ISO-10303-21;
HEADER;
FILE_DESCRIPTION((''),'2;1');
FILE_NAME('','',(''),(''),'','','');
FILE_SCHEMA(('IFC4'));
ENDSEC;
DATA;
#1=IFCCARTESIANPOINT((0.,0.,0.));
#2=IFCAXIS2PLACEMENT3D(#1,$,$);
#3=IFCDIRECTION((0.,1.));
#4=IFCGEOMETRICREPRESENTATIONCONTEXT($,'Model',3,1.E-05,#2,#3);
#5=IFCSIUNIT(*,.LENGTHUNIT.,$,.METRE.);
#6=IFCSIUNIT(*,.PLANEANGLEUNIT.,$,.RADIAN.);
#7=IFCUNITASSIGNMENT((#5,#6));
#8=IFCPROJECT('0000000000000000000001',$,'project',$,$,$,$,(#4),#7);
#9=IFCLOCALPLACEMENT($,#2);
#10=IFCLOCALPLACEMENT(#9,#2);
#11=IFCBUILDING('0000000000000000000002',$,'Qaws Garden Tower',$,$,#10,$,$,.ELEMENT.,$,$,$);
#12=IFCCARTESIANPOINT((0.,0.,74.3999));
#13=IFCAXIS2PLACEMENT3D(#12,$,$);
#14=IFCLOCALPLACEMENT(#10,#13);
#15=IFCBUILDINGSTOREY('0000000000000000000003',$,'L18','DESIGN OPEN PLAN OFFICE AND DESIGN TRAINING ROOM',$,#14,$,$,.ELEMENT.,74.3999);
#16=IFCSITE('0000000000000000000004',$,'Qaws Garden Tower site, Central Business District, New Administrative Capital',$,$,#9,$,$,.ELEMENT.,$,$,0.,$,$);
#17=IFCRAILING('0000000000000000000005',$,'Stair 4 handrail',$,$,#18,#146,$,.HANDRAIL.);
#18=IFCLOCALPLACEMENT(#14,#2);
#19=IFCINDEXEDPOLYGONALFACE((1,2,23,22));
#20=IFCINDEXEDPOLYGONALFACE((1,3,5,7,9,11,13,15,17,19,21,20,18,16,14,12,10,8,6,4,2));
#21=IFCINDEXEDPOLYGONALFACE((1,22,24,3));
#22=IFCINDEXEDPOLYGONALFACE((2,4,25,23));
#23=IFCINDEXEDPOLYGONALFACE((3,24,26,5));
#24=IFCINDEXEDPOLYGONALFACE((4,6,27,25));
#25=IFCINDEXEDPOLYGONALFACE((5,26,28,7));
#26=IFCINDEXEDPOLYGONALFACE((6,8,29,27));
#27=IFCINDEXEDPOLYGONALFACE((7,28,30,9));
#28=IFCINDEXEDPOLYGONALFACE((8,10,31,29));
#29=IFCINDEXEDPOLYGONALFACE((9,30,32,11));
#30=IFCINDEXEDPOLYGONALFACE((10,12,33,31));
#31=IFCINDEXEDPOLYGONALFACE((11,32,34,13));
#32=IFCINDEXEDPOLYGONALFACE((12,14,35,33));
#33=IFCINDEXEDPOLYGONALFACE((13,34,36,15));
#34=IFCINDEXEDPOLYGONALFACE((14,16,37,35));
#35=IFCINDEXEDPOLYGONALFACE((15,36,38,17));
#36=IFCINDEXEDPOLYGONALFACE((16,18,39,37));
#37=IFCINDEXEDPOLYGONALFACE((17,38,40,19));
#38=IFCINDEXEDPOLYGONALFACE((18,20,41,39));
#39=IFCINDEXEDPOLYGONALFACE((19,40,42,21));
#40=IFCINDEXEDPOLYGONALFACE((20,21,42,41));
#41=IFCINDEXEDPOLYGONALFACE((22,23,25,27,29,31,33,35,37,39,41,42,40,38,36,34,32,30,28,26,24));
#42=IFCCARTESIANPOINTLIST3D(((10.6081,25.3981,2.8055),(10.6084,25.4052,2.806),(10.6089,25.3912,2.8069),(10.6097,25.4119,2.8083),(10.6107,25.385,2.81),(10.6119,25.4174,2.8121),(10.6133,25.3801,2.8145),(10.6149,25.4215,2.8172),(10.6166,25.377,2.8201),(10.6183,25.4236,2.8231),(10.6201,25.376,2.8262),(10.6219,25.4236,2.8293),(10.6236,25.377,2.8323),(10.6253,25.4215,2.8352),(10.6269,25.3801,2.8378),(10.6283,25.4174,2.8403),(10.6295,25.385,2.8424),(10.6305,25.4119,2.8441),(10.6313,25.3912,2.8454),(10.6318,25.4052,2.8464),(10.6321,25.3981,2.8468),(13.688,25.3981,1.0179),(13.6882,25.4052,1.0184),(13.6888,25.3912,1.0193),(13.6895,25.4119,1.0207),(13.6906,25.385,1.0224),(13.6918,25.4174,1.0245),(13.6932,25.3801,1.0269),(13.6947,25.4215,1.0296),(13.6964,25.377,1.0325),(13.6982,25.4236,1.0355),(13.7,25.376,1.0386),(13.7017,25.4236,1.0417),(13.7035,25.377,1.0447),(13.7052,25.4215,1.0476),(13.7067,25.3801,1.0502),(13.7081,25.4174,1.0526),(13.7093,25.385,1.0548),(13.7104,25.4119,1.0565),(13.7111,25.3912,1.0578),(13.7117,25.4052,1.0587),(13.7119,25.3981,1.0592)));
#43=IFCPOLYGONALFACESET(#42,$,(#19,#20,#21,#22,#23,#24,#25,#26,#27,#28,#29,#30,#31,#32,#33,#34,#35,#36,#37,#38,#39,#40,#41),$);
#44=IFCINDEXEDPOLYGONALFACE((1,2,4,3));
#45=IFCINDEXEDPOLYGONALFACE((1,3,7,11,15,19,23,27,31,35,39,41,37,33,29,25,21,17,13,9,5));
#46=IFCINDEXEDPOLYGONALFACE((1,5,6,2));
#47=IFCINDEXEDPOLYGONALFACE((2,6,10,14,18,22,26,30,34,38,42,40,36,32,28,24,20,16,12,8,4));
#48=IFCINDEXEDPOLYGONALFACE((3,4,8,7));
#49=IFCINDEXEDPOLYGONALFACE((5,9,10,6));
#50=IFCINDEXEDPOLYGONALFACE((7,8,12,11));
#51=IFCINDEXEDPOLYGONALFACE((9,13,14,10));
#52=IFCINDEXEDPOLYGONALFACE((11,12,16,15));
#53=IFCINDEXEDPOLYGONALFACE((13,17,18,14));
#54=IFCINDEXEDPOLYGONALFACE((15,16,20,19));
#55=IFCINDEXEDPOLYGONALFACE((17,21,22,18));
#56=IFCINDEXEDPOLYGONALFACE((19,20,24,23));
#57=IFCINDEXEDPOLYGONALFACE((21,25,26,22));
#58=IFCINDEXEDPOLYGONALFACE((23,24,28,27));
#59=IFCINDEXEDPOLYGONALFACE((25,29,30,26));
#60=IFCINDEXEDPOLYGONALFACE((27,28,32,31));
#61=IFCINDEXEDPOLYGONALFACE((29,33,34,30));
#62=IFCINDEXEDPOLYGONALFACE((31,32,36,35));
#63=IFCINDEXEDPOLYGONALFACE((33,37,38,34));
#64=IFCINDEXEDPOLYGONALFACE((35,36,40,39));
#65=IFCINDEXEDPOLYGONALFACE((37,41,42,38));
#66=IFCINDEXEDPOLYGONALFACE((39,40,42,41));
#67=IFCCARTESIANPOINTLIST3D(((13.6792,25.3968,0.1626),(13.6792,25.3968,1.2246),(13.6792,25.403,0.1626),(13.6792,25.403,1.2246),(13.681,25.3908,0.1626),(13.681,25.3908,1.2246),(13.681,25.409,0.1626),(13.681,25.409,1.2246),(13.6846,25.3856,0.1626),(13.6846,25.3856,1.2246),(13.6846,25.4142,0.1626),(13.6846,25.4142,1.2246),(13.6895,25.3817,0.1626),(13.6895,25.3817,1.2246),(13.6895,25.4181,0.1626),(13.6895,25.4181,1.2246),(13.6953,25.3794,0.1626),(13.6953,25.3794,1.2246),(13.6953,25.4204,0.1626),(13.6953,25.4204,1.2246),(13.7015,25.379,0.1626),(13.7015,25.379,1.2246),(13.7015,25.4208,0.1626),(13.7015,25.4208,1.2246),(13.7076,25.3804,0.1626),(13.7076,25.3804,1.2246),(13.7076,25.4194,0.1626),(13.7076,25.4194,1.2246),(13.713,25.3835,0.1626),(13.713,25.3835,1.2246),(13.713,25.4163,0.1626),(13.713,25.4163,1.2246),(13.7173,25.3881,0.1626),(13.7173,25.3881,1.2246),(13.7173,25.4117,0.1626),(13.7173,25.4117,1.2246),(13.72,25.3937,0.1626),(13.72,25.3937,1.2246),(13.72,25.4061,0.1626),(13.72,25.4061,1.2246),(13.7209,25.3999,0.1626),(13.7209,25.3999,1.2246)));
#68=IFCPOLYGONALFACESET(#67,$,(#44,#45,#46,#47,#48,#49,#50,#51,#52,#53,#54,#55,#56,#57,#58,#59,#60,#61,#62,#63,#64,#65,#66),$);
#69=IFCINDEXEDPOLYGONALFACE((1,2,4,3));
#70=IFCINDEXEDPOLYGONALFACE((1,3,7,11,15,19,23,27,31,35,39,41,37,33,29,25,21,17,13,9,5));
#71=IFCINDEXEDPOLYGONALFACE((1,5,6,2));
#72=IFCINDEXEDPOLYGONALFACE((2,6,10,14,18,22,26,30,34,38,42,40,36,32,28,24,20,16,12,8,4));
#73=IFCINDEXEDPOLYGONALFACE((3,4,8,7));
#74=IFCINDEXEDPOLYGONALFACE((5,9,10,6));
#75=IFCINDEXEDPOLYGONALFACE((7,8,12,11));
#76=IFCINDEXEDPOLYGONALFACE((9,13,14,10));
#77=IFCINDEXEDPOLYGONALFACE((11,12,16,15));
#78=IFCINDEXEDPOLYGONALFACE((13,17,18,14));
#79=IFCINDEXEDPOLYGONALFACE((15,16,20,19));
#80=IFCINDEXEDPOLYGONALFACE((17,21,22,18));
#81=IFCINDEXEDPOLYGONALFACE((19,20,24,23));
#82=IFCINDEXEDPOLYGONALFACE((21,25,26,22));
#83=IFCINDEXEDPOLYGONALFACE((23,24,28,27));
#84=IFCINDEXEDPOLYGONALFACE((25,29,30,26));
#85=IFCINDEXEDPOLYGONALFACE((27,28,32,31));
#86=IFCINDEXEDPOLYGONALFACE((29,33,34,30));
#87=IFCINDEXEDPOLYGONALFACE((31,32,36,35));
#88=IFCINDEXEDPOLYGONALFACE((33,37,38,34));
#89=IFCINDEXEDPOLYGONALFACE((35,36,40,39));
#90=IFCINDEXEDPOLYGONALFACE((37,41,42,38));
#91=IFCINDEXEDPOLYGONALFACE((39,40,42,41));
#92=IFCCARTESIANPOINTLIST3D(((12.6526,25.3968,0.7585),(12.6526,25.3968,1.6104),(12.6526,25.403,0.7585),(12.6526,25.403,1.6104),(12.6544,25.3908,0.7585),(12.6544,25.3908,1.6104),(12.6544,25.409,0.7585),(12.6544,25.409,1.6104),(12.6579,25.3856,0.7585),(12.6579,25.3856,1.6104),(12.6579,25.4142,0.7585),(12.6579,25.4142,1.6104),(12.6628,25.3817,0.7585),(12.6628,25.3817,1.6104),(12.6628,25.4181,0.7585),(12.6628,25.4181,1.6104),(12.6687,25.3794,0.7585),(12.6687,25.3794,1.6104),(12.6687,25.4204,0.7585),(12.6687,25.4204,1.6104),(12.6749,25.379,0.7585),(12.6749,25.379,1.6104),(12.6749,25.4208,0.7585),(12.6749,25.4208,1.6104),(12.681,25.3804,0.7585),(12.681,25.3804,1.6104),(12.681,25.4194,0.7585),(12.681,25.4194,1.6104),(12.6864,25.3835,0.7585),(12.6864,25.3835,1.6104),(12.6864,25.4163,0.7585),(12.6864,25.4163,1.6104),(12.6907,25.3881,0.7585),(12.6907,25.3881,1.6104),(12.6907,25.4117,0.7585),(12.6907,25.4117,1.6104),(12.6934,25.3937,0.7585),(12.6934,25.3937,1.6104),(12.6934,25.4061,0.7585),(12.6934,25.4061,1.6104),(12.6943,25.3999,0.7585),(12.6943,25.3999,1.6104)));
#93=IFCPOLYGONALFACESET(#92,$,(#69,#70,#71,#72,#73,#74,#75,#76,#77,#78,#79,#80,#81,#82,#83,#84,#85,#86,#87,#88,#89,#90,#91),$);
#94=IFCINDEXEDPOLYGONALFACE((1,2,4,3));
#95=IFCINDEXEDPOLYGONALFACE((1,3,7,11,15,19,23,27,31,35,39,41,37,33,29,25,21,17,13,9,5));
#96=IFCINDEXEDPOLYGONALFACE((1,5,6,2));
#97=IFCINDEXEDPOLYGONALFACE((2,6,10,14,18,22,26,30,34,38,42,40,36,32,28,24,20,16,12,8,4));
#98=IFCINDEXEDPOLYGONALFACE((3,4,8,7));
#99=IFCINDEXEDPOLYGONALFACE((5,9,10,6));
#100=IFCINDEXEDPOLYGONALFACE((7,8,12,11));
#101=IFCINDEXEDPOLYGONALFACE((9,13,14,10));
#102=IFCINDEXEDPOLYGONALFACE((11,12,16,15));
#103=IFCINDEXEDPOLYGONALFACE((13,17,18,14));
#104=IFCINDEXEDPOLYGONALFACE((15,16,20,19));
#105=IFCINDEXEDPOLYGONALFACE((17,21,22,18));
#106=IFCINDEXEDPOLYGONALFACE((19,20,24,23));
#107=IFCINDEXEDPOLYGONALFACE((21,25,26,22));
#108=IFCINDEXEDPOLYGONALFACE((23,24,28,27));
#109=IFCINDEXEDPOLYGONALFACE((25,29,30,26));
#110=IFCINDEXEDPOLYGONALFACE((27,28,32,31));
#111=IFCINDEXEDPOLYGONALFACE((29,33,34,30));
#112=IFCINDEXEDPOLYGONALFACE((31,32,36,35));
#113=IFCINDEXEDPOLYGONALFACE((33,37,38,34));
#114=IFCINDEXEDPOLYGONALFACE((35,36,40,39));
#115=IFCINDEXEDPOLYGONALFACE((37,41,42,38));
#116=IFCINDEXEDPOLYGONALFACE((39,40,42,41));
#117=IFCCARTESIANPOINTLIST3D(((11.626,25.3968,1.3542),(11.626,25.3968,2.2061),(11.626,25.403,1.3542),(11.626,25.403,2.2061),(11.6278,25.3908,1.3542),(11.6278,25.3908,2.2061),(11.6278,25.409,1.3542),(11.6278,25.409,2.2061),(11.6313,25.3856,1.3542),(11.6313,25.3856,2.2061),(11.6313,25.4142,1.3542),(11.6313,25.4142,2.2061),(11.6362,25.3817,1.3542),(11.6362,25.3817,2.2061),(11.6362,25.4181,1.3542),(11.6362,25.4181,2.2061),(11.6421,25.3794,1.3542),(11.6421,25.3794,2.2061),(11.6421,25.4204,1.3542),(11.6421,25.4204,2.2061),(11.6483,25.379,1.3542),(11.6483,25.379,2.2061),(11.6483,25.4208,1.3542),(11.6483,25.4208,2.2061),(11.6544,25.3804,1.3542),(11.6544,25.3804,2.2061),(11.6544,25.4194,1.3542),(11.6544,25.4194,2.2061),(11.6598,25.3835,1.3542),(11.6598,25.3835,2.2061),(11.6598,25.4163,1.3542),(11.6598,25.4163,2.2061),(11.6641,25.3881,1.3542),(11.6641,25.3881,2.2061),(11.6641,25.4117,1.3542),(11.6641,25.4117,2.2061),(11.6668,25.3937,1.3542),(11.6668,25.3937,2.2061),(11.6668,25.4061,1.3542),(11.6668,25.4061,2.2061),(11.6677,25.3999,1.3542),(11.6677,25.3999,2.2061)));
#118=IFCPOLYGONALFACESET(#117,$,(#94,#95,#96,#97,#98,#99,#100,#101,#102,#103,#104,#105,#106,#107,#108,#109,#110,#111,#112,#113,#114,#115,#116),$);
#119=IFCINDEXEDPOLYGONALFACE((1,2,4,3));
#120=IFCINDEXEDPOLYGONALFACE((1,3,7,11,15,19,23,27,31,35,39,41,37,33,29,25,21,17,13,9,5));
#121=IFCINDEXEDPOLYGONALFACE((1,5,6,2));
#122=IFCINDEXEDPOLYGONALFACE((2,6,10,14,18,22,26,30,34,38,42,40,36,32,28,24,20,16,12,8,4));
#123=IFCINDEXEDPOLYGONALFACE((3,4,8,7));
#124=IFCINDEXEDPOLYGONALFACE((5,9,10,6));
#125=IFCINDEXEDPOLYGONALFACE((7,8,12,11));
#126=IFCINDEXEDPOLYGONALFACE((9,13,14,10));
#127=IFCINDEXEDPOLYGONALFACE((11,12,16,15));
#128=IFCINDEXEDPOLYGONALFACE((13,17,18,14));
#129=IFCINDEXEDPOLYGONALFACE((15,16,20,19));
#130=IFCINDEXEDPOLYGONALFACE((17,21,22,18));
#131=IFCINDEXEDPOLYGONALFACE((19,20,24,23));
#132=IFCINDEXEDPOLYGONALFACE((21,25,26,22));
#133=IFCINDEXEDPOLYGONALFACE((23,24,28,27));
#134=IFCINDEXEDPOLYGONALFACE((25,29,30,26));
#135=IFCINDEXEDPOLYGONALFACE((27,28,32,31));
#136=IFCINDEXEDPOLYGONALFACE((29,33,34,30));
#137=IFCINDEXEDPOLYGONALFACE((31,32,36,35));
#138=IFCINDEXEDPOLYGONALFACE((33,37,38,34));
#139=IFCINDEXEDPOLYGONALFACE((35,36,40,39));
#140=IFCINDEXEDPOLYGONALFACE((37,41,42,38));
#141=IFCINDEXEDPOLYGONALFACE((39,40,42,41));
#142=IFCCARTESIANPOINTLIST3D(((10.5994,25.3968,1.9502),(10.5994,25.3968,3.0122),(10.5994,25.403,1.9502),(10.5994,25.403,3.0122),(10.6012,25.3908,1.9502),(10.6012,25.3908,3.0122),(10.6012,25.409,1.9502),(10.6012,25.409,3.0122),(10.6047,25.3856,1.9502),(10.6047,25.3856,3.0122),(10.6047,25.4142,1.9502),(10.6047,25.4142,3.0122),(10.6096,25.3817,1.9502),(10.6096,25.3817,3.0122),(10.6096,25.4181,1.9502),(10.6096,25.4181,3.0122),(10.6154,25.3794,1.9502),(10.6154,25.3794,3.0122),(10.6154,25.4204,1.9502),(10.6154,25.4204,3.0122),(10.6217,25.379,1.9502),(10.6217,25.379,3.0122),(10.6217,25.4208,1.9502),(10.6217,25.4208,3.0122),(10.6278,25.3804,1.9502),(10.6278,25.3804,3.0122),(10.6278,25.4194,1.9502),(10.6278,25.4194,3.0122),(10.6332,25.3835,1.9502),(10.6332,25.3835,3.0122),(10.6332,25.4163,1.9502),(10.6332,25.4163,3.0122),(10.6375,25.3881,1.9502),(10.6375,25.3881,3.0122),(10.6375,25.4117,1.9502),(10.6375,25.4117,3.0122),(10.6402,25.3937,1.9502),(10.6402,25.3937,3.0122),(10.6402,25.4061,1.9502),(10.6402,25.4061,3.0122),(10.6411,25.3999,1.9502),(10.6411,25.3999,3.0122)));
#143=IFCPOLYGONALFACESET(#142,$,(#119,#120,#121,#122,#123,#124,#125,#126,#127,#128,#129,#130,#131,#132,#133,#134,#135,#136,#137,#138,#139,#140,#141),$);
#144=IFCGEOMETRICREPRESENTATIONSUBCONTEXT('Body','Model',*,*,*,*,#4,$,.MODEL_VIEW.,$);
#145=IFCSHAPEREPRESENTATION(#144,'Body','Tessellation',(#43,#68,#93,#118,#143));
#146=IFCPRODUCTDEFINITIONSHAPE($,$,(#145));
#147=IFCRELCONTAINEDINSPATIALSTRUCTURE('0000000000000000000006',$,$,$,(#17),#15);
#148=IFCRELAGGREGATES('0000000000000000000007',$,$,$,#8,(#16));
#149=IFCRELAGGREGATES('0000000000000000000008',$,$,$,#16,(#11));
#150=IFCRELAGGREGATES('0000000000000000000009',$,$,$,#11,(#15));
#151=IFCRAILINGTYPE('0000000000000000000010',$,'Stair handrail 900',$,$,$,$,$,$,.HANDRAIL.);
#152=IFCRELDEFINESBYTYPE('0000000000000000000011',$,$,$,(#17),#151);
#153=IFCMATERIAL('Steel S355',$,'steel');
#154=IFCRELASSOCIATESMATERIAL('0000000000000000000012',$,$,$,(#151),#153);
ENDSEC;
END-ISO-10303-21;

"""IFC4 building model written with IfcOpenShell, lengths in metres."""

from ifc_helpers import new_model, si_unit, direction, frame, origin, origin_2d, place, context, subcontext, project, spatial, circle, extrude, material, type_object, element, save


model = new_model("IFC4")

# Units and contexts
model_context = context("Model", 3, precision=1e-05, world=origin(), true_north=direction((0.0, 1.0)))
body_context = subcontext(model_context, "Body", "Model", "MODEL_VIEW")
ifc_project = project(units=[si_unit("LENGTHUNIT", "METRE"), si_unit("PLANEANGLEUNIT", "RADIAN")], contexts=[model_context])

# Site, building, storey
site_placement = place(None, origin())
site = spatial("IfcSite", under=ifc_project, at=site_placement, Name="Qaws Garden Tower site, Central Business District, New Administrative Capital", CompositionType="ELEMENT", RefElevation=0.0)
building_placement = place(site_placement, origin())
building = spatial("IfcBuilding", under=site, at=building_placement, Name="Qaws Garden Tower", CompositionType="ELEMENT")
storey_placement = place(building_placement, frame((0.0, 0.0, 74.3999)))
storey = spatial("IfcBuildingStorey", under=building, at=storey_placement, Name="L18", Description="DESIGN OPEN PLAN OFFICE AND DESIGN TRAINING ROOM", CompositionType="ELEMENT", Elevation=74.3999)

# Railing
ifc_material_1 = material(Name="Steel S355", Category="steel")
railing_type = type_object("IfcRailingType", Name="Stair handrail 900", PredefinedType="HANDRAIL", material=ifc_material_1)
railing_1_placement = place(storey_placement, frame((13.7, 25.3999, 0.1626)))
element("IfcRailing", 1, at=railing_1_placement, inside=storey, type_object=railing_type, Name="Stair 4 handrail", PredefinedType="HANDRAIL", context=body_context, shape_type="SweptSolid", body=[
    extrude(circle(Radius=0.0239, at=origin_2d()), frame((0.0, 0.0, 0.876), z_axis=(-0.864873, 0.0, 0.50199), x_axis=(0.0, -1.0, 0.0)), (0.0, 0.0, 1.0), 3.561),
    extrude(circle(Radius=0.021, at=origin_2d()), origin(), (0.0, 0.0, 1.0), 1.062),
    extrude(circle(Radius=0.021, at=origin_2d()), frame((-1.0266, 0.0, 0.5959)), (0.0, 0.0, 1.0), 0.8518),
    extrude(circle(Radius=0.021, at=origin_2d()), frame((-2.0532, 0.0, 1.1917)), (0.0, 0.0, 1.0), 0.8518),
    extrude(circle(Radius=0.021, at=origin_2d()), frame((-3.0798, 0.0, 1.7876)), (0.0, 0.0, 1.0), 1.062),
])

save(model, "model.ifc")
